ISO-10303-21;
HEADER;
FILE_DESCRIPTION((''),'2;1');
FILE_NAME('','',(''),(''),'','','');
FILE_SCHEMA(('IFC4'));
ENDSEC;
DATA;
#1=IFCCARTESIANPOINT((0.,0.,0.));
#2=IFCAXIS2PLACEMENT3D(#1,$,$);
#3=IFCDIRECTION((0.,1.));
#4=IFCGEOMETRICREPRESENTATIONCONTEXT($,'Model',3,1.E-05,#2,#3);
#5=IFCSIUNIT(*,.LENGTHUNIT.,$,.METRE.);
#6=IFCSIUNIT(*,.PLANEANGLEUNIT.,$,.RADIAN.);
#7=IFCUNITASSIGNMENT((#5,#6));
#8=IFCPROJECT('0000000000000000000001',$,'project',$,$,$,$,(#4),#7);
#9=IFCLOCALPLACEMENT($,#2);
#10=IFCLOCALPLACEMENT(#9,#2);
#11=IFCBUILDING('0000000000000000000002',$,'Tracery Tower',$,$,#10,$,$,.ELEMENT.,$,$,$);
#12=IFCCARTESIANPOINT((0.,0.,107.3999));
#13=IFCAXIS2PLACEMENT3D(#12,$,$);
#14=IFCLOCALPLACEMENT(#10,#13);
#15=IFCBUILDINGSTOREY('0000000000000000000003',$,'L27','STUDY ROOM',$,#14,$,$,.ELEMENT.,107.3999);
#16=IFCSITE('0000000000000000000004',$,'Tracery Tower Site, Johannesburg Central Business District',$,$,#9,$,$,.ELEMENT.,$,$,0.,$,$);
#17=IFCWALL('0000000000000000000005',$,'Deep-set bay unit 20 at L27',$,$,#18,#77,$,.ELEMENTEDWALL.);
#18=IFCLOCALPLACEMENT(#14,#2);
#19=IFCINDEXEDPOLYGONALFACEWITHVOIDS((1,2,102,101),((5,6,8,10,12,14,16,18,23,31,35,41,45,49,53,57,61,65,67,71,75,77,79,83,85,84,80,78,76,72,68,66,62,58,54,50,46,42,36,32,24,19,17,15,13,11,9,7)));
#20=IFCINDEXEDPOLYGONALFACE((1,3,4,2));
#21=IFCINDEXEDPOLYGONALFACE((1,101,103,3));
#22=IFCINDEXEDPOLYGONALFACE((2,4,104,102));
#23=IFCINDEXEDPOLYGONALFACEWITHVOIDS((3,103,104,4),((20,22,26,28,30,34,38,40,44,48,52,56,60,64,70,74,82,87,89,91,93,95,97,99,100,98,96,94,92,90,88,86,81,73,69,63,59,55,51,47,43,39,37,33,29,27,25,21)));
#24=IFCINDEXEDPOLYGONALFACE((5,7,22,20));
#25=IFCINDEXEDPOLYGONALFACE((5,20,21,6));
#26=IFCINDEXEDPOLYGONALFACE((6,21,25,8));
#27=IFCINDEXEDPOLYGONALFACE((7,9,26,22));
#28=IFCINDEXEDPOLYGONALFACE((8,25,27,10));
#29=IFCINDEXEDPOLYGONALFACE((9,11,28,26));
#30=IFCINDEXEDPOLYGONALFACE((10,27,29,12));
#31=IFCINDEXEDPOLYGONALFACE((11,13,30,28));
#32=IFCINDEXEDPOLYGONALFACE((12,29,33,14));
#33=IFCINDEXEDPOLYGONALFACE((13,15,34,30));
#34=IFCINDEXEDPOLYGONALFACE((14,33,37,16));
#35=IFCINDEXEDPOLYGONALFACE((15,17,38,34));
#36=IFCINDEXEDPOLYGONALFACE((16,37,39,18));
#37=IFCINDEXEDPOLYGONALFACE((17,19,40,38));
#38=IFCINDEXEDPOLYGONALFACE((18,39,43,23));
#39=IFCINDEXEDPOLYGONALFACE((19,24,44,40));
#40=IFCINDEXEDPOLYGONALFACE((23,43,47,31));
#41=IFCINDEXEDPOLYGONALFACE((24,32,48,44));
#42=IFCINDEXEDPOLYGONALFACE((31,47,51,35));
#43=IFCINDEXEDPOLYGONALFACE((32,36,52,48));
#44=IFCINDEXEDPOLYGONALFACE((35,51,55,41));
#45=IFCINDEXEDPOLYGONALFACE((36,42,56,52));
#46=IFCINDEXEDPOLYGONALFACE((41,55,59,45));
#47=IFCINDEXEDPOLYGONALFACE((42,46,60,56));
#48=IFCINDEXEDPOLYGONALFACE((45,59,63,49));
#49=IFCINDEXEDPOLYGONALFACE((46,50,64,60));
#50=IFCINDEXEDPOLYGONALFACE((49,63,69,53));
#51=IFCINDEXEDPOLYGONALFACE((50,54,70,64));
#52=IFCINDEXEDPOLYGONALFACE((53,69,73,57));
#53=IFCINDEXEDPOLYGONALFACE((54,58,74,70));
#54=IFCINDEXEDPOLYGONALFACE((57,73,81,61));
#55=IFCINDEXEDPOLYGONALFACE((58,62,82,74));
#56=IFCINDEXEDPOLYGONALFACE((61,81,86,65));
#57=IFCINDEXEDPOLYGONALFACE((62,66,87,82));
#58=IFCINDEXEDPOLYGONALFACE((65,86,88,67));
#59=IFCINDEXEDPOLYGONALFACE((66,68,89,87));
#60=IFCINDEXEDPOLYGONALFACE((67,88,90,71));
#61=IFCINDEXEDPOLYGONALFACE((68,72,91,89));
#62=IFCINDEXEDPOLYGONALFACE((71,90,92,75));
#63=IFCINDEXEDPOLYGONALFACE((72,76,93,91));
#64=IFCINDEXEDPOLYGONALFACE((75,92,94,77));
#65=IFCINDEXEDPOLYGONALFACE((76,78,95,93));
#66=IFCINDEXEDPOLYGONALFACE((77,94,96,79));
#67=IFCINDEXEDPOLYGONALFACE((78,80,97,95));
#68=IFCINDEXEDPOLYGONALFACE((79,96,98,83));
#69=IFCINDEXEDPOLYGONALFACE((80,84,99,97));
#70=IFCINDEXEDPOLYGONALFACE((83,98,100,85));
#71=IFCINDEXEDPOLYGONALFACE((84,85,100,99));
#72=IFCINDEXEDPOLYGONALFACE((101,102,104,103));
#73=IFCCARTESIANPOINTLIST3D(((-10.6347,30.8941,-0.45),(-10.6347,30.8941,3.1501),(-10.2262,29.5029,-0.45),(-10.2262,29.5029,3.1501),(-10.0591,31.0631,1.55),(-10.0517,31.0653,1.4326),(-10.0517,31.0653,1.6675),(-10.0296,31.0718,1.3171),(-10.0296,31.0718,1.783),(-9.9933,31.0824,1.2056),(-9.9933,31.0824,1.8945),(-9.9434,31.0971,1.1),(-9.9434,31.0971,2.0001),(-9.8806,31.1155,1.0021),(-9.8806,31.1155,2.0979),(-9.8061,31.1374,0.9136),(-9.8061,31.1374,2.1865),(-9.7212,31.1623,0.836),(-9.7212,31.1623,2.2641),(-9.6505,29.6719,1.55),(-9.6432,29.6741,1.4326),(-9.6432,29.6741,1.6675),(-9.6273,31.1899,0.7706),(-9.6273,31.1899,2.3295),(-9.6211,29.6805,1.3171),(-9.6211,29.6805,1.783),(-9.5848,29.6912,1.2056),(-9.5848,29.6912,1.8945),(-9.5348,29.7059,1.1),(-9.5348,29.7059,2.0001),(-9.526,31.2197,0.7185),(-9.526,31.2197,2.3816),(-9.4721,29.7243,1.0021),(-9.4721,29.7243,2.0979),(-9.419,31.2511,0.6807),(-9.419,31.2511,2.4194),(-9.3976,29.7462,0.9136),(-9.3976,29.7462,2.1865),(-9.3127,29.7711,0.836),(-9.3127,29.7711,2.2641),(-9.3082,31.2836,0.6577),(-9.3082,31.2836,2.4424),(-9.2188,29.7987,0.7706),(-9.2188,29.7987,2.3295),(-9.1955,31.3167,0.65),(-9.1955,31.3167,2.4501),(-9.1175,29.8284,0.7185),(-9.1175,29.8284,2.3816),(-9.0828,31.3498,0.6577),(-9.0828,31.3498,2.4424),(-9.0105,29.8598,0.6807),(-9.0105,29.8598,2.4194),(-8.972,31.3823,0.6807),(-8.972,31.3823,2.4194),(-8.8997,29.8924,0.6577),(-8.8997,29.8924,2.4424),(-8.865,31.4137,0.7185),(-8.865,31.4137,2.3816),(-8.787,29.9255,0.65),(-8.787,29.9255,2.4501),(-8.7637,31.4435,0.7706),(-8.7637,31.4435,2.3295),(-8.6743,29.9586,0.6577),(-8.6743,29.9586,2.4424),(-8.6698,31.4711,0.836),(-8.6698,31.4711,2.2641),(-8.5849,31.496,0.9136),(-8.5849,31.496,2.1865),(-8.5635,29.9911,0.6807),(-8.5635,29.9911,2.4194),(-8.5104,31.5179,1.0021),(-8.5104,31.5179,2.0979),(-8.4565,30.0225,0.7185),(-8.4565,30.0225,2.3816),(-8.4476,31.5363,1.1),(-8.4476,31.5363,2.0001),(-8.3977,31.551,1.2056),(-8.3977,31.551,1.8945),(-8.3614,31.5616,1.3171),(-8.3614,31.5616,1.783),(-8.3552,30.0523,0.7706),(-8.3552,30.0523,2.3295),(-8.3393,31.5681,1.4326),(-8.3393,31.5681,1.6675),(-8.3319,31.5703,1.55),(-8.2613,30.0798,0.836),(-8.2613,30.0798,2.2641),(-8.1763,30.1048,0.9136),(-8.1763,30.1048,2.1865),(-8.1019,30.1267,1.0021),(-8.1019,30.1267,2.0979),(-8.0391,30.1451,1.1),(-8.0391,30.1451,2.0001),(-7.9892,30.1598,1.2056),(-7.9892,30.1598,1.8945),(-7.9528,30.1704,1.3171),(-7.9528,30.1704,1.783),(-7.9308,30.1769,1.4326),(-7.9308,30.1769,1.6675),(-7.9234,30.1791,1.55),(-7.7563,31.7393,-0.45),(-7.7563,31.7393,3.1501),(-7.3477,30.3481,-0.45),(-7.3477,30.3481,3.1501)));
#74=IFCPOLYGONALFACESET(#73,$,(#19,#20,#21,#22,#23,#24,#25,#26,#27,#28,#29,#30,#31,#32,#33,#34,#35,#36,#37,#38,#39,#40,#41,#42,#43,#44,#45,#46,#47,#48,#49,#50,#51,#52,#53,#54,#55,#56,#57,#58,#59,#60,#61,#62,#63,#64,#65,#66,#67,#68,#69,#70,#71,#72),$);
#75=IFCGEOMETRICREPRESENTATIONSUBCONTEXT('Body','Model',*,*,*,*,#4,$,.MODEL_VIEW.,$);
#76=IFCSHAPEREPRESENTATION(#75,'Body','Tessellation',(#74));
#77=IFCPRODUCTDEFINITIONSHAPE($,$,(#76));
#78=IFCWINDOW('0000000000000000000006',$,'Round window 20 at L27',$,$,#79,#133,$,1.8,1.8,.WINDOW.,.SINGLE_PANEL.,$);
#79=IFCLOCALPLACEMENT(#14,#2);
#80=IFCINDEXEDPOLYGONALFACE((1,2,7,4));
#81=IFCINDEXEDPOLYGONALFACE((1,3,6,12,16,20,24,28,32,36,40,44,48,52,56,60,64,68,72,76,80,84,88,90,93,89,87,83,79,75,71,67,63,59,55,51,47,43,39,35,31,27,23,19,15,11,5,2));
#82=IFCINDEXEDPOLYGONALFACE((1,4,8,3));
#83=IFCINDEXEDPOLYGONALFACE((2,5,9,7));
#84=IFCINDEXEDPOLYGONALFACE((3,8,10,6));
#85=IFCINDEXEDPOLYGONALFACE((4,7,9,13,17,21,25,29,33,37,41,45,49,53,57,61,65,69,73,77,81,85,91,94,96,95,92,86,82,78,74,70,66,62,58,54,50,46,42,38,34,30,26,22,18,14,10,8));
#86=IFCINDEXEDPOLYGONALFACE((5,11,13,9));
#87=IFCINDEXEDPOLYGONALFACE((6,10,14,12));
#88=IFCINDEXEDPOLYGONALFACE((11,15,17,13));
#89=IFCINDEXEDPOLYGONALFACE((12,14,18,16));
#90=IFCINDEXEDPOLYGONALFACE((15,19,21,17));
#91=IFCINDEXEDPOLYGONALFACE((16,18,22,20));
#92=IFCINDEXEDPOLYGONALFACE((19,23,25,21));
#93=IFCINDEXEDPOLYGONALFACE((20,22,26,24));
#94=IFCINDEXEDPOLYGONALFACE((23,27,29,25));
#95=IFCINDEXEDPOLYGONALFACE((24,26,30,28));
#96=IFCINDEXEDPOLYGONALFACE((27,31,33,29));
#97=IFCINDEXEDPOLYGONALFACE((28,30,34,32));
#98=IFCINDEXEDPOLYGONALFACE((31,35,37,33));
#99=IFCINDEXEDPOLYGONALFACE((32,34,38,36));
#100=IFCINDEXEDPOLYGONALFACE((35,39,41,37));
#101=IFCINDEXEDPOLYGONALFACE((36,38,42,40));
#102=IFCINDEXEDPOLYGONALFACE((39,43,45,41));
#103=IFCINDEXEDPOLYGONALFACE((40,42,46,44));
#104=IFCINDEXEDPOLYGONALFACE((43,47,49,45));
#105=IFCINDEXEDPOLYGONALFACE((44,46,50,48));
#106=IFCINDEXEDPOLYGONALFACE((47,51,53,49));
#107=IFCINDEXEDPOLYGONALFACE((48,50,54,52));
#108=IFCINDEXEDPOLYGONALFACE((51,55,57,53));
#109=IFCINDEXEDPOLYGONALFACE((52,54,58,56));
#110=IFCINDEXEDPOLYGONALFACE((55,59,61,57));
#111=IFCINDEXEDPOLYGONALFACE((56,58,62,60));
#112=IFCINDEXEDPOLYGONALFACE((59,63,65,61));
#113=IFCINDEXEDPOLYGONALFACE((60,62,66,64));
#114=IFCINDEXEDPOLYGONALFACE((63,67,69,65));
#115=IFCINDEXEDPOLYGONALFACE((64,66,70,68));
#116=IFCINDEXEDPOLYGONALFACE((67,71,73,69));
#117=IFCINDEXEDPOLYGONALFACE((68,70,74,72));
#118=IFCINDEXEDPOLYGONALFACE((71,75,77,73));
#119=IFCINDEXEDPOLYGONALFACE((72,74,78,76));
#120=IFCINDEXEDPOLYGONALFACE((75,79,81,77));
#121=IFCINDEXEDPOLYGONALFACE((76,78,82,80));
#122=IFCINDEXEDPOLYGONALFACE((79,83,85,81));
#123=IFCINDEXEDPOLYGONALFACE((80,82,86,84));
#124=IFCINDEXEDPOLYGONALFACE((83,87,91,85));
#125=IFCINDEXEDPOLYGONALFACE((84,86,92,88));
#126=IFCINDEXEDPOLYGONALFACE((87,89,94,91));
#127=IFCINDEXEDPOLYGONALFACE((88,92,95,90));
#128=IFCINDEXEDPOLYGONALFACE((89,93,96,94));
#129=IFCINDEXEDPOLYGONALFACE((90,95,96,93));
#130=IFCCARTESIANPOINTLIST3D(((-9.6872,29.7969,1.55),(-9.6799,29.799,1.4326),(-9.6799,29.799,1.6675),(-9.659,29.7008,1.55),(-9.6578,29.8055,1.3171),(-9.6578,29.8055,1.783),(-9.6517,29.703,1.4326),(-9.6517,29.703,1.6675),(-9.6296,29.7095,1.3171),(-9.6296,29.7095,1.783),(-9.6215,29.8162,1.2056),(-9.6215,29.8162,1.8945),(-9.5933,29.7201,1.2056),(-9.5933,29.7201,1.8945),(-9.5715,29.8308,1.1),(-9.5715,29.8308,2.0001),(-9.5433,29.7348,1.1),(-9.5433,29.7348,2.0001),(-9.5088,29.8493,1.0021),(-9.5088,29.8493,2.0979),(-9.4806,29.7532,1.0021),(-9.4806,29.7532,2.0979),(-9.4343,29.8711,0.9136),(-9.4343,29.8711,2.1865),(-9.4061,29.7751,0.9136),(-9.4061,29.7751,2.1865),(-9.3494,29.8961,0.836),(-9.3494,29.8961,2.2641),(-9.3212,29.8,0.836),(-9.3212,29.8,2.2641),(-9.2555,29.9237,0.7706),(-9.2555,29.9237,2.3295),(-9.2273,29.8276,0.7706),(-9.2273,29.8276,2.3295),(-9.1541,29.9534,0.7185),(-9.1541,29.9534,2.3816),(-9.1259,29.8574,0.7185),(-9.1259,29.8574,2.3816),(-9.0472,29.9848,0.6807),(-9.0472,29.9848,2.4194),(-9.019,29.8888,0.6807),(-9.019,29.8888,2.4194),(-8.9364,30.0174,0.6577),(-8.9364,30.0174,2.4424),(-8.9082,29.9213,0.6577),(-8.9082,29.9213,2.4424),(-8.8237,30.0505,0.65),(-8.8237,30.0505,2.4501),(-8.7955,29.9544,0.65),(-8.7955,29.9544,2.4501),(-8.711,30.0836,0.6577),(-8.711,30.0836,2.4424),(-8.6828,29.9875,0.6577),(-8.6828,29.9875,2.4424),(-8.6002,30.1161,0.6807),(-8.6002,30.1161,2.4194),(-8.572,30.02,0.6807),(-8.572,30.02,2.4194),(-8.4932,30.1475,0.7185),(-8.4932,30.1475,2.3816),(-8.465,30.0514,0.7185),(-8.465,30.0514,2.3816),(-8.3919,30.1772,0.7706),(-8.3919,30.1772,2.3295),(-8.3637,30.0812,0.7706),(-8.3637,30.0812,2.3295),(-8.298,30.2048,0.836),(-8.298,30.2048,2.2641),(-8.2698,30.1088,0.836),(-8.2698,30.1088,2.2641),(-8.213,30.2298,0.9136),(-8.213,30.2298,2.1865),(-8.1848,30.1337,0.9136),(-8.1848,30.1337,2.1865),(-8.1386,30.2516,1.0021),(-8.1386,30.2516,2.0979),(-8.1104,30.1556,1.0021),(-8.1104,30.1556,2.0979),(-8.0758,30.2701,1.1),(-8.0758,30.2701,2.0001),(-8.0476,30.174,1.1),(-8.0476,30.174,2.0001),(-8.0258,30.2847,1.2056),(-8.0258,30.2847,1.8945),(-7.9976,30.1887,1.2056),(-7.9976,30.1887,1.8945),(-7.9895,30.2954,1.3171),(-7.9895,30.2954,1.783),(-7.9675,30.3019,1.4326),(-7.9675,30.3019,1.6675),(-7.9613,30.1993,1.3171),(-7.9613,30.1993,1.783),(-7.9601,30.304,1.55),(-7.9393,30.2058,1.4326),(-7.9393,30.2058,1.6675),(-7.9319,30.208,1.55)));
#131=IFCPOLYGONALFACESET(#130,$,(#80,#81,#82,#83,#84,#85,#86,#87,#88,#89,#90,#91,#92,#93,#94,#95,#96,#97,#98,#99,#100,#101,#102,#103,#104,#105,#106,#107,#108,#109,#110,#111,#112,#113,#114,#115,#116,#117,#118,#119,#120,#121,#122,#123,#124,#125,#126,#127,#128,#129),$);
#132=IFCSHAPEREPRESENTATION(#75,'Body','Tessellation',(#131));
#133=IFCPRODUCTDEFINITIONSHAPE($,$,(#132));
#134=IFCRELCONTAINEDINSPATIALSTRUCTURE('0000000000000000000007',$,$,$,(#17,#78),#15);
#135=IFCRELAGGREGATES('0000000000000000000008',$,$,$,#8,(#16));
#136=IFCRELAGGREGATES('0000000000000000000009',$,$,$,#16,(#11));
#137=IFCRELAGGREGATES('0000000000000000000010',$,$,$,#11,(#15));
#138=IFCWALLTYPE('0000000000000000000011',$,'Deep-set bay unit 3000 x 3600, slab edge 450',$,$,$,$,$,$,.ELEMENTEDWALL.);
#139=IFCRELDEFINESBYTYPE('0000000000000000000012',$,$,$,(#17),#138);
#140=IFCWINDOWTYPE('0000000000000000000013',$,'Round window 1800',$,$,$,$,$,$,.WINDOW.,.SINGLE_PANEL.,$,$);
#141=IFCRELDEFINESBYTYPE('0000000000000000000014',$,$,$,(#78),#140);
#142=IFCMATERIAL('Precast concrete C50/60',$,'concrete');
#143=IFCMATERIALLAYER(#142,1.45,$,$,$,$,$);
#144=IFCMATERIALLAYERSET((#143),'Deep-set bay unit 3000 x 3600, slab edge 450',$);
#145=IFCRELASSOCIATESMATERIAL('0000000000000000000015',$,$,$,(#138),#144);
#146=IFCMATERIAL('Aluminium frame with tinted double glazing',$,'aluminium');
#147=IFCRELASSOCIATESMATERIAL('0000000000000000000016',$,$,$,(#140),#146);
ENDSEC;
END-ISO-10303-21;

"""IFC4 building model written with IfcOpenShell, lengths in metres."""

from ifc_helpers import new_model, si_unit, direction, frame, frame_2d, origin, origin_2d, place, context, subcontext, project, spatial, rectangle, circle, extrude, material, layer, layer_set, type_object, element, fill, save


model = new_model("IFC4")

# Units and contexts
model_context = context("Model", 3, precision=1e-05, world=origin(), true_north=direction((0.0, 1.0)))
body_context = subcontext(model_context, "Body", "Model", "MODEL_VIEW")
ifc_project = project(units=[si_unit("LENGTHUNIT", "METRE"), si_unit("PLANEANGLEUNIT", "RADIAN")], contexts=[model_context])

# Site, building, storey
site_placement = place(None, origin())
site = spatial("IfcSite", under=ifc_project, at=site_placement, Name="Tracery Tower Site, Johannesburg Central Business District", CompositionType="ELEMENT", RefElevation=0.0)
building_placement = place(site_placement, origin())
building = spatial("IfcBuilding", under=site, at=building_placement, Name="Tracery Tower", CompositionType="ELEMENT")
storey_placement = place(building_placement, frame((0.0, 0.0, 107.3999)))
storey = spatial("IfcBuildingStorey", under=building, at=storey_placement, Name="L27", Description="STUDY ROOM", CompositionType="ELEMENT", Elevation=107.3999)

# Wall, opening, window
ifc_material_1 = material(Name="Precast concrete C50/60", Category="concrete")
ifc_layer_1 = layer(ifc_material_1, 1.45)
ifc_layer_set_1 = layer_set([ifc_layer_1], Name="Deep-set bay unit 3000 x 3600, slab edge 450")
wall_type_1 = type_object("IfcWallType", Name="Deep-set bay unit 3000 x 3600, slab edge 450", PredefinedType="ELEMENTEDWALL", material=ifc_layer_set_1)
wall_1_placement = place(storey_placement, frame((-7.552, 31.0437, -0.45), z_axis=(0.0, 0.0, 1.0), x_axis=(-0.95949, -0.281743, 0.0)))
wall_1 = element("IfcWall", 1, at=wall_1_placement, inside=storey, type_object=wall_type_1, Name="Deep-set bay unit 20 at L27", PredefinedType="ELEMENTEDWALL", context=body_context, shape_type="SweptSolid", body=[
    extrude(rectangle(XDim=3.0, YDim=1.45, at=frame_2d((1.5, 0.0))), origin(), (0.0, 0.0, 1.0), 3.6001),
])
opening_1_placement = place(wall_1_placement, frame((1.5, 0.0, 2.0)))
opening_1 = element("IfcOpeningElement", 2, at=opening_1_placement, cuts=wall_1, PredefinedType="OPENING", context=body_context, shape_type="SweptSolid", body=[
    extrude(circle(Radius=0.9, at=origin_2d()), frame((0.0, 0.7349, 0.0), z_axis=(0.0, -1.0, 0.0), x_axis=(1.0, 0.0, 0.0)), (0.0, 0.0, 1.0), 1.47),
])
ifc_material_2 = material(Name="Aluminium frame with tinted double glazing", Category="aluminium")
window_type = type_object("IfcWindowType", Name="Round window 1800", PartitioningType="SINGLE_PANEL", PredefinedType="WINDOW", material=ifc_material_2)
window_1_placement = place(opening_1_placement, origin())
window_1 = element("IfcWindow", 3, at=window_1_placement, inside=storey, type_object=window_type, Name="Round window 20 at L27", OverallHeight=1.8, OverallWidth=1.8, PartitioningType="SINGLE_PANEL", PredefinedType="WINDOW", context=body_context, shape_type="SweptSolid", body=[
    extrude(circle(Radius=0.9, at=origin_2d()), frame((0.0, 0.6948, 0.0), z_axis=(0.0, -1.0, 0.0), x_axis=(1.0, 0.0, 0.0)), (0.0, 0.0, 1.0), 0.1001),
])
fill(opening_1, window_1)

save(model, "model.ifc")
